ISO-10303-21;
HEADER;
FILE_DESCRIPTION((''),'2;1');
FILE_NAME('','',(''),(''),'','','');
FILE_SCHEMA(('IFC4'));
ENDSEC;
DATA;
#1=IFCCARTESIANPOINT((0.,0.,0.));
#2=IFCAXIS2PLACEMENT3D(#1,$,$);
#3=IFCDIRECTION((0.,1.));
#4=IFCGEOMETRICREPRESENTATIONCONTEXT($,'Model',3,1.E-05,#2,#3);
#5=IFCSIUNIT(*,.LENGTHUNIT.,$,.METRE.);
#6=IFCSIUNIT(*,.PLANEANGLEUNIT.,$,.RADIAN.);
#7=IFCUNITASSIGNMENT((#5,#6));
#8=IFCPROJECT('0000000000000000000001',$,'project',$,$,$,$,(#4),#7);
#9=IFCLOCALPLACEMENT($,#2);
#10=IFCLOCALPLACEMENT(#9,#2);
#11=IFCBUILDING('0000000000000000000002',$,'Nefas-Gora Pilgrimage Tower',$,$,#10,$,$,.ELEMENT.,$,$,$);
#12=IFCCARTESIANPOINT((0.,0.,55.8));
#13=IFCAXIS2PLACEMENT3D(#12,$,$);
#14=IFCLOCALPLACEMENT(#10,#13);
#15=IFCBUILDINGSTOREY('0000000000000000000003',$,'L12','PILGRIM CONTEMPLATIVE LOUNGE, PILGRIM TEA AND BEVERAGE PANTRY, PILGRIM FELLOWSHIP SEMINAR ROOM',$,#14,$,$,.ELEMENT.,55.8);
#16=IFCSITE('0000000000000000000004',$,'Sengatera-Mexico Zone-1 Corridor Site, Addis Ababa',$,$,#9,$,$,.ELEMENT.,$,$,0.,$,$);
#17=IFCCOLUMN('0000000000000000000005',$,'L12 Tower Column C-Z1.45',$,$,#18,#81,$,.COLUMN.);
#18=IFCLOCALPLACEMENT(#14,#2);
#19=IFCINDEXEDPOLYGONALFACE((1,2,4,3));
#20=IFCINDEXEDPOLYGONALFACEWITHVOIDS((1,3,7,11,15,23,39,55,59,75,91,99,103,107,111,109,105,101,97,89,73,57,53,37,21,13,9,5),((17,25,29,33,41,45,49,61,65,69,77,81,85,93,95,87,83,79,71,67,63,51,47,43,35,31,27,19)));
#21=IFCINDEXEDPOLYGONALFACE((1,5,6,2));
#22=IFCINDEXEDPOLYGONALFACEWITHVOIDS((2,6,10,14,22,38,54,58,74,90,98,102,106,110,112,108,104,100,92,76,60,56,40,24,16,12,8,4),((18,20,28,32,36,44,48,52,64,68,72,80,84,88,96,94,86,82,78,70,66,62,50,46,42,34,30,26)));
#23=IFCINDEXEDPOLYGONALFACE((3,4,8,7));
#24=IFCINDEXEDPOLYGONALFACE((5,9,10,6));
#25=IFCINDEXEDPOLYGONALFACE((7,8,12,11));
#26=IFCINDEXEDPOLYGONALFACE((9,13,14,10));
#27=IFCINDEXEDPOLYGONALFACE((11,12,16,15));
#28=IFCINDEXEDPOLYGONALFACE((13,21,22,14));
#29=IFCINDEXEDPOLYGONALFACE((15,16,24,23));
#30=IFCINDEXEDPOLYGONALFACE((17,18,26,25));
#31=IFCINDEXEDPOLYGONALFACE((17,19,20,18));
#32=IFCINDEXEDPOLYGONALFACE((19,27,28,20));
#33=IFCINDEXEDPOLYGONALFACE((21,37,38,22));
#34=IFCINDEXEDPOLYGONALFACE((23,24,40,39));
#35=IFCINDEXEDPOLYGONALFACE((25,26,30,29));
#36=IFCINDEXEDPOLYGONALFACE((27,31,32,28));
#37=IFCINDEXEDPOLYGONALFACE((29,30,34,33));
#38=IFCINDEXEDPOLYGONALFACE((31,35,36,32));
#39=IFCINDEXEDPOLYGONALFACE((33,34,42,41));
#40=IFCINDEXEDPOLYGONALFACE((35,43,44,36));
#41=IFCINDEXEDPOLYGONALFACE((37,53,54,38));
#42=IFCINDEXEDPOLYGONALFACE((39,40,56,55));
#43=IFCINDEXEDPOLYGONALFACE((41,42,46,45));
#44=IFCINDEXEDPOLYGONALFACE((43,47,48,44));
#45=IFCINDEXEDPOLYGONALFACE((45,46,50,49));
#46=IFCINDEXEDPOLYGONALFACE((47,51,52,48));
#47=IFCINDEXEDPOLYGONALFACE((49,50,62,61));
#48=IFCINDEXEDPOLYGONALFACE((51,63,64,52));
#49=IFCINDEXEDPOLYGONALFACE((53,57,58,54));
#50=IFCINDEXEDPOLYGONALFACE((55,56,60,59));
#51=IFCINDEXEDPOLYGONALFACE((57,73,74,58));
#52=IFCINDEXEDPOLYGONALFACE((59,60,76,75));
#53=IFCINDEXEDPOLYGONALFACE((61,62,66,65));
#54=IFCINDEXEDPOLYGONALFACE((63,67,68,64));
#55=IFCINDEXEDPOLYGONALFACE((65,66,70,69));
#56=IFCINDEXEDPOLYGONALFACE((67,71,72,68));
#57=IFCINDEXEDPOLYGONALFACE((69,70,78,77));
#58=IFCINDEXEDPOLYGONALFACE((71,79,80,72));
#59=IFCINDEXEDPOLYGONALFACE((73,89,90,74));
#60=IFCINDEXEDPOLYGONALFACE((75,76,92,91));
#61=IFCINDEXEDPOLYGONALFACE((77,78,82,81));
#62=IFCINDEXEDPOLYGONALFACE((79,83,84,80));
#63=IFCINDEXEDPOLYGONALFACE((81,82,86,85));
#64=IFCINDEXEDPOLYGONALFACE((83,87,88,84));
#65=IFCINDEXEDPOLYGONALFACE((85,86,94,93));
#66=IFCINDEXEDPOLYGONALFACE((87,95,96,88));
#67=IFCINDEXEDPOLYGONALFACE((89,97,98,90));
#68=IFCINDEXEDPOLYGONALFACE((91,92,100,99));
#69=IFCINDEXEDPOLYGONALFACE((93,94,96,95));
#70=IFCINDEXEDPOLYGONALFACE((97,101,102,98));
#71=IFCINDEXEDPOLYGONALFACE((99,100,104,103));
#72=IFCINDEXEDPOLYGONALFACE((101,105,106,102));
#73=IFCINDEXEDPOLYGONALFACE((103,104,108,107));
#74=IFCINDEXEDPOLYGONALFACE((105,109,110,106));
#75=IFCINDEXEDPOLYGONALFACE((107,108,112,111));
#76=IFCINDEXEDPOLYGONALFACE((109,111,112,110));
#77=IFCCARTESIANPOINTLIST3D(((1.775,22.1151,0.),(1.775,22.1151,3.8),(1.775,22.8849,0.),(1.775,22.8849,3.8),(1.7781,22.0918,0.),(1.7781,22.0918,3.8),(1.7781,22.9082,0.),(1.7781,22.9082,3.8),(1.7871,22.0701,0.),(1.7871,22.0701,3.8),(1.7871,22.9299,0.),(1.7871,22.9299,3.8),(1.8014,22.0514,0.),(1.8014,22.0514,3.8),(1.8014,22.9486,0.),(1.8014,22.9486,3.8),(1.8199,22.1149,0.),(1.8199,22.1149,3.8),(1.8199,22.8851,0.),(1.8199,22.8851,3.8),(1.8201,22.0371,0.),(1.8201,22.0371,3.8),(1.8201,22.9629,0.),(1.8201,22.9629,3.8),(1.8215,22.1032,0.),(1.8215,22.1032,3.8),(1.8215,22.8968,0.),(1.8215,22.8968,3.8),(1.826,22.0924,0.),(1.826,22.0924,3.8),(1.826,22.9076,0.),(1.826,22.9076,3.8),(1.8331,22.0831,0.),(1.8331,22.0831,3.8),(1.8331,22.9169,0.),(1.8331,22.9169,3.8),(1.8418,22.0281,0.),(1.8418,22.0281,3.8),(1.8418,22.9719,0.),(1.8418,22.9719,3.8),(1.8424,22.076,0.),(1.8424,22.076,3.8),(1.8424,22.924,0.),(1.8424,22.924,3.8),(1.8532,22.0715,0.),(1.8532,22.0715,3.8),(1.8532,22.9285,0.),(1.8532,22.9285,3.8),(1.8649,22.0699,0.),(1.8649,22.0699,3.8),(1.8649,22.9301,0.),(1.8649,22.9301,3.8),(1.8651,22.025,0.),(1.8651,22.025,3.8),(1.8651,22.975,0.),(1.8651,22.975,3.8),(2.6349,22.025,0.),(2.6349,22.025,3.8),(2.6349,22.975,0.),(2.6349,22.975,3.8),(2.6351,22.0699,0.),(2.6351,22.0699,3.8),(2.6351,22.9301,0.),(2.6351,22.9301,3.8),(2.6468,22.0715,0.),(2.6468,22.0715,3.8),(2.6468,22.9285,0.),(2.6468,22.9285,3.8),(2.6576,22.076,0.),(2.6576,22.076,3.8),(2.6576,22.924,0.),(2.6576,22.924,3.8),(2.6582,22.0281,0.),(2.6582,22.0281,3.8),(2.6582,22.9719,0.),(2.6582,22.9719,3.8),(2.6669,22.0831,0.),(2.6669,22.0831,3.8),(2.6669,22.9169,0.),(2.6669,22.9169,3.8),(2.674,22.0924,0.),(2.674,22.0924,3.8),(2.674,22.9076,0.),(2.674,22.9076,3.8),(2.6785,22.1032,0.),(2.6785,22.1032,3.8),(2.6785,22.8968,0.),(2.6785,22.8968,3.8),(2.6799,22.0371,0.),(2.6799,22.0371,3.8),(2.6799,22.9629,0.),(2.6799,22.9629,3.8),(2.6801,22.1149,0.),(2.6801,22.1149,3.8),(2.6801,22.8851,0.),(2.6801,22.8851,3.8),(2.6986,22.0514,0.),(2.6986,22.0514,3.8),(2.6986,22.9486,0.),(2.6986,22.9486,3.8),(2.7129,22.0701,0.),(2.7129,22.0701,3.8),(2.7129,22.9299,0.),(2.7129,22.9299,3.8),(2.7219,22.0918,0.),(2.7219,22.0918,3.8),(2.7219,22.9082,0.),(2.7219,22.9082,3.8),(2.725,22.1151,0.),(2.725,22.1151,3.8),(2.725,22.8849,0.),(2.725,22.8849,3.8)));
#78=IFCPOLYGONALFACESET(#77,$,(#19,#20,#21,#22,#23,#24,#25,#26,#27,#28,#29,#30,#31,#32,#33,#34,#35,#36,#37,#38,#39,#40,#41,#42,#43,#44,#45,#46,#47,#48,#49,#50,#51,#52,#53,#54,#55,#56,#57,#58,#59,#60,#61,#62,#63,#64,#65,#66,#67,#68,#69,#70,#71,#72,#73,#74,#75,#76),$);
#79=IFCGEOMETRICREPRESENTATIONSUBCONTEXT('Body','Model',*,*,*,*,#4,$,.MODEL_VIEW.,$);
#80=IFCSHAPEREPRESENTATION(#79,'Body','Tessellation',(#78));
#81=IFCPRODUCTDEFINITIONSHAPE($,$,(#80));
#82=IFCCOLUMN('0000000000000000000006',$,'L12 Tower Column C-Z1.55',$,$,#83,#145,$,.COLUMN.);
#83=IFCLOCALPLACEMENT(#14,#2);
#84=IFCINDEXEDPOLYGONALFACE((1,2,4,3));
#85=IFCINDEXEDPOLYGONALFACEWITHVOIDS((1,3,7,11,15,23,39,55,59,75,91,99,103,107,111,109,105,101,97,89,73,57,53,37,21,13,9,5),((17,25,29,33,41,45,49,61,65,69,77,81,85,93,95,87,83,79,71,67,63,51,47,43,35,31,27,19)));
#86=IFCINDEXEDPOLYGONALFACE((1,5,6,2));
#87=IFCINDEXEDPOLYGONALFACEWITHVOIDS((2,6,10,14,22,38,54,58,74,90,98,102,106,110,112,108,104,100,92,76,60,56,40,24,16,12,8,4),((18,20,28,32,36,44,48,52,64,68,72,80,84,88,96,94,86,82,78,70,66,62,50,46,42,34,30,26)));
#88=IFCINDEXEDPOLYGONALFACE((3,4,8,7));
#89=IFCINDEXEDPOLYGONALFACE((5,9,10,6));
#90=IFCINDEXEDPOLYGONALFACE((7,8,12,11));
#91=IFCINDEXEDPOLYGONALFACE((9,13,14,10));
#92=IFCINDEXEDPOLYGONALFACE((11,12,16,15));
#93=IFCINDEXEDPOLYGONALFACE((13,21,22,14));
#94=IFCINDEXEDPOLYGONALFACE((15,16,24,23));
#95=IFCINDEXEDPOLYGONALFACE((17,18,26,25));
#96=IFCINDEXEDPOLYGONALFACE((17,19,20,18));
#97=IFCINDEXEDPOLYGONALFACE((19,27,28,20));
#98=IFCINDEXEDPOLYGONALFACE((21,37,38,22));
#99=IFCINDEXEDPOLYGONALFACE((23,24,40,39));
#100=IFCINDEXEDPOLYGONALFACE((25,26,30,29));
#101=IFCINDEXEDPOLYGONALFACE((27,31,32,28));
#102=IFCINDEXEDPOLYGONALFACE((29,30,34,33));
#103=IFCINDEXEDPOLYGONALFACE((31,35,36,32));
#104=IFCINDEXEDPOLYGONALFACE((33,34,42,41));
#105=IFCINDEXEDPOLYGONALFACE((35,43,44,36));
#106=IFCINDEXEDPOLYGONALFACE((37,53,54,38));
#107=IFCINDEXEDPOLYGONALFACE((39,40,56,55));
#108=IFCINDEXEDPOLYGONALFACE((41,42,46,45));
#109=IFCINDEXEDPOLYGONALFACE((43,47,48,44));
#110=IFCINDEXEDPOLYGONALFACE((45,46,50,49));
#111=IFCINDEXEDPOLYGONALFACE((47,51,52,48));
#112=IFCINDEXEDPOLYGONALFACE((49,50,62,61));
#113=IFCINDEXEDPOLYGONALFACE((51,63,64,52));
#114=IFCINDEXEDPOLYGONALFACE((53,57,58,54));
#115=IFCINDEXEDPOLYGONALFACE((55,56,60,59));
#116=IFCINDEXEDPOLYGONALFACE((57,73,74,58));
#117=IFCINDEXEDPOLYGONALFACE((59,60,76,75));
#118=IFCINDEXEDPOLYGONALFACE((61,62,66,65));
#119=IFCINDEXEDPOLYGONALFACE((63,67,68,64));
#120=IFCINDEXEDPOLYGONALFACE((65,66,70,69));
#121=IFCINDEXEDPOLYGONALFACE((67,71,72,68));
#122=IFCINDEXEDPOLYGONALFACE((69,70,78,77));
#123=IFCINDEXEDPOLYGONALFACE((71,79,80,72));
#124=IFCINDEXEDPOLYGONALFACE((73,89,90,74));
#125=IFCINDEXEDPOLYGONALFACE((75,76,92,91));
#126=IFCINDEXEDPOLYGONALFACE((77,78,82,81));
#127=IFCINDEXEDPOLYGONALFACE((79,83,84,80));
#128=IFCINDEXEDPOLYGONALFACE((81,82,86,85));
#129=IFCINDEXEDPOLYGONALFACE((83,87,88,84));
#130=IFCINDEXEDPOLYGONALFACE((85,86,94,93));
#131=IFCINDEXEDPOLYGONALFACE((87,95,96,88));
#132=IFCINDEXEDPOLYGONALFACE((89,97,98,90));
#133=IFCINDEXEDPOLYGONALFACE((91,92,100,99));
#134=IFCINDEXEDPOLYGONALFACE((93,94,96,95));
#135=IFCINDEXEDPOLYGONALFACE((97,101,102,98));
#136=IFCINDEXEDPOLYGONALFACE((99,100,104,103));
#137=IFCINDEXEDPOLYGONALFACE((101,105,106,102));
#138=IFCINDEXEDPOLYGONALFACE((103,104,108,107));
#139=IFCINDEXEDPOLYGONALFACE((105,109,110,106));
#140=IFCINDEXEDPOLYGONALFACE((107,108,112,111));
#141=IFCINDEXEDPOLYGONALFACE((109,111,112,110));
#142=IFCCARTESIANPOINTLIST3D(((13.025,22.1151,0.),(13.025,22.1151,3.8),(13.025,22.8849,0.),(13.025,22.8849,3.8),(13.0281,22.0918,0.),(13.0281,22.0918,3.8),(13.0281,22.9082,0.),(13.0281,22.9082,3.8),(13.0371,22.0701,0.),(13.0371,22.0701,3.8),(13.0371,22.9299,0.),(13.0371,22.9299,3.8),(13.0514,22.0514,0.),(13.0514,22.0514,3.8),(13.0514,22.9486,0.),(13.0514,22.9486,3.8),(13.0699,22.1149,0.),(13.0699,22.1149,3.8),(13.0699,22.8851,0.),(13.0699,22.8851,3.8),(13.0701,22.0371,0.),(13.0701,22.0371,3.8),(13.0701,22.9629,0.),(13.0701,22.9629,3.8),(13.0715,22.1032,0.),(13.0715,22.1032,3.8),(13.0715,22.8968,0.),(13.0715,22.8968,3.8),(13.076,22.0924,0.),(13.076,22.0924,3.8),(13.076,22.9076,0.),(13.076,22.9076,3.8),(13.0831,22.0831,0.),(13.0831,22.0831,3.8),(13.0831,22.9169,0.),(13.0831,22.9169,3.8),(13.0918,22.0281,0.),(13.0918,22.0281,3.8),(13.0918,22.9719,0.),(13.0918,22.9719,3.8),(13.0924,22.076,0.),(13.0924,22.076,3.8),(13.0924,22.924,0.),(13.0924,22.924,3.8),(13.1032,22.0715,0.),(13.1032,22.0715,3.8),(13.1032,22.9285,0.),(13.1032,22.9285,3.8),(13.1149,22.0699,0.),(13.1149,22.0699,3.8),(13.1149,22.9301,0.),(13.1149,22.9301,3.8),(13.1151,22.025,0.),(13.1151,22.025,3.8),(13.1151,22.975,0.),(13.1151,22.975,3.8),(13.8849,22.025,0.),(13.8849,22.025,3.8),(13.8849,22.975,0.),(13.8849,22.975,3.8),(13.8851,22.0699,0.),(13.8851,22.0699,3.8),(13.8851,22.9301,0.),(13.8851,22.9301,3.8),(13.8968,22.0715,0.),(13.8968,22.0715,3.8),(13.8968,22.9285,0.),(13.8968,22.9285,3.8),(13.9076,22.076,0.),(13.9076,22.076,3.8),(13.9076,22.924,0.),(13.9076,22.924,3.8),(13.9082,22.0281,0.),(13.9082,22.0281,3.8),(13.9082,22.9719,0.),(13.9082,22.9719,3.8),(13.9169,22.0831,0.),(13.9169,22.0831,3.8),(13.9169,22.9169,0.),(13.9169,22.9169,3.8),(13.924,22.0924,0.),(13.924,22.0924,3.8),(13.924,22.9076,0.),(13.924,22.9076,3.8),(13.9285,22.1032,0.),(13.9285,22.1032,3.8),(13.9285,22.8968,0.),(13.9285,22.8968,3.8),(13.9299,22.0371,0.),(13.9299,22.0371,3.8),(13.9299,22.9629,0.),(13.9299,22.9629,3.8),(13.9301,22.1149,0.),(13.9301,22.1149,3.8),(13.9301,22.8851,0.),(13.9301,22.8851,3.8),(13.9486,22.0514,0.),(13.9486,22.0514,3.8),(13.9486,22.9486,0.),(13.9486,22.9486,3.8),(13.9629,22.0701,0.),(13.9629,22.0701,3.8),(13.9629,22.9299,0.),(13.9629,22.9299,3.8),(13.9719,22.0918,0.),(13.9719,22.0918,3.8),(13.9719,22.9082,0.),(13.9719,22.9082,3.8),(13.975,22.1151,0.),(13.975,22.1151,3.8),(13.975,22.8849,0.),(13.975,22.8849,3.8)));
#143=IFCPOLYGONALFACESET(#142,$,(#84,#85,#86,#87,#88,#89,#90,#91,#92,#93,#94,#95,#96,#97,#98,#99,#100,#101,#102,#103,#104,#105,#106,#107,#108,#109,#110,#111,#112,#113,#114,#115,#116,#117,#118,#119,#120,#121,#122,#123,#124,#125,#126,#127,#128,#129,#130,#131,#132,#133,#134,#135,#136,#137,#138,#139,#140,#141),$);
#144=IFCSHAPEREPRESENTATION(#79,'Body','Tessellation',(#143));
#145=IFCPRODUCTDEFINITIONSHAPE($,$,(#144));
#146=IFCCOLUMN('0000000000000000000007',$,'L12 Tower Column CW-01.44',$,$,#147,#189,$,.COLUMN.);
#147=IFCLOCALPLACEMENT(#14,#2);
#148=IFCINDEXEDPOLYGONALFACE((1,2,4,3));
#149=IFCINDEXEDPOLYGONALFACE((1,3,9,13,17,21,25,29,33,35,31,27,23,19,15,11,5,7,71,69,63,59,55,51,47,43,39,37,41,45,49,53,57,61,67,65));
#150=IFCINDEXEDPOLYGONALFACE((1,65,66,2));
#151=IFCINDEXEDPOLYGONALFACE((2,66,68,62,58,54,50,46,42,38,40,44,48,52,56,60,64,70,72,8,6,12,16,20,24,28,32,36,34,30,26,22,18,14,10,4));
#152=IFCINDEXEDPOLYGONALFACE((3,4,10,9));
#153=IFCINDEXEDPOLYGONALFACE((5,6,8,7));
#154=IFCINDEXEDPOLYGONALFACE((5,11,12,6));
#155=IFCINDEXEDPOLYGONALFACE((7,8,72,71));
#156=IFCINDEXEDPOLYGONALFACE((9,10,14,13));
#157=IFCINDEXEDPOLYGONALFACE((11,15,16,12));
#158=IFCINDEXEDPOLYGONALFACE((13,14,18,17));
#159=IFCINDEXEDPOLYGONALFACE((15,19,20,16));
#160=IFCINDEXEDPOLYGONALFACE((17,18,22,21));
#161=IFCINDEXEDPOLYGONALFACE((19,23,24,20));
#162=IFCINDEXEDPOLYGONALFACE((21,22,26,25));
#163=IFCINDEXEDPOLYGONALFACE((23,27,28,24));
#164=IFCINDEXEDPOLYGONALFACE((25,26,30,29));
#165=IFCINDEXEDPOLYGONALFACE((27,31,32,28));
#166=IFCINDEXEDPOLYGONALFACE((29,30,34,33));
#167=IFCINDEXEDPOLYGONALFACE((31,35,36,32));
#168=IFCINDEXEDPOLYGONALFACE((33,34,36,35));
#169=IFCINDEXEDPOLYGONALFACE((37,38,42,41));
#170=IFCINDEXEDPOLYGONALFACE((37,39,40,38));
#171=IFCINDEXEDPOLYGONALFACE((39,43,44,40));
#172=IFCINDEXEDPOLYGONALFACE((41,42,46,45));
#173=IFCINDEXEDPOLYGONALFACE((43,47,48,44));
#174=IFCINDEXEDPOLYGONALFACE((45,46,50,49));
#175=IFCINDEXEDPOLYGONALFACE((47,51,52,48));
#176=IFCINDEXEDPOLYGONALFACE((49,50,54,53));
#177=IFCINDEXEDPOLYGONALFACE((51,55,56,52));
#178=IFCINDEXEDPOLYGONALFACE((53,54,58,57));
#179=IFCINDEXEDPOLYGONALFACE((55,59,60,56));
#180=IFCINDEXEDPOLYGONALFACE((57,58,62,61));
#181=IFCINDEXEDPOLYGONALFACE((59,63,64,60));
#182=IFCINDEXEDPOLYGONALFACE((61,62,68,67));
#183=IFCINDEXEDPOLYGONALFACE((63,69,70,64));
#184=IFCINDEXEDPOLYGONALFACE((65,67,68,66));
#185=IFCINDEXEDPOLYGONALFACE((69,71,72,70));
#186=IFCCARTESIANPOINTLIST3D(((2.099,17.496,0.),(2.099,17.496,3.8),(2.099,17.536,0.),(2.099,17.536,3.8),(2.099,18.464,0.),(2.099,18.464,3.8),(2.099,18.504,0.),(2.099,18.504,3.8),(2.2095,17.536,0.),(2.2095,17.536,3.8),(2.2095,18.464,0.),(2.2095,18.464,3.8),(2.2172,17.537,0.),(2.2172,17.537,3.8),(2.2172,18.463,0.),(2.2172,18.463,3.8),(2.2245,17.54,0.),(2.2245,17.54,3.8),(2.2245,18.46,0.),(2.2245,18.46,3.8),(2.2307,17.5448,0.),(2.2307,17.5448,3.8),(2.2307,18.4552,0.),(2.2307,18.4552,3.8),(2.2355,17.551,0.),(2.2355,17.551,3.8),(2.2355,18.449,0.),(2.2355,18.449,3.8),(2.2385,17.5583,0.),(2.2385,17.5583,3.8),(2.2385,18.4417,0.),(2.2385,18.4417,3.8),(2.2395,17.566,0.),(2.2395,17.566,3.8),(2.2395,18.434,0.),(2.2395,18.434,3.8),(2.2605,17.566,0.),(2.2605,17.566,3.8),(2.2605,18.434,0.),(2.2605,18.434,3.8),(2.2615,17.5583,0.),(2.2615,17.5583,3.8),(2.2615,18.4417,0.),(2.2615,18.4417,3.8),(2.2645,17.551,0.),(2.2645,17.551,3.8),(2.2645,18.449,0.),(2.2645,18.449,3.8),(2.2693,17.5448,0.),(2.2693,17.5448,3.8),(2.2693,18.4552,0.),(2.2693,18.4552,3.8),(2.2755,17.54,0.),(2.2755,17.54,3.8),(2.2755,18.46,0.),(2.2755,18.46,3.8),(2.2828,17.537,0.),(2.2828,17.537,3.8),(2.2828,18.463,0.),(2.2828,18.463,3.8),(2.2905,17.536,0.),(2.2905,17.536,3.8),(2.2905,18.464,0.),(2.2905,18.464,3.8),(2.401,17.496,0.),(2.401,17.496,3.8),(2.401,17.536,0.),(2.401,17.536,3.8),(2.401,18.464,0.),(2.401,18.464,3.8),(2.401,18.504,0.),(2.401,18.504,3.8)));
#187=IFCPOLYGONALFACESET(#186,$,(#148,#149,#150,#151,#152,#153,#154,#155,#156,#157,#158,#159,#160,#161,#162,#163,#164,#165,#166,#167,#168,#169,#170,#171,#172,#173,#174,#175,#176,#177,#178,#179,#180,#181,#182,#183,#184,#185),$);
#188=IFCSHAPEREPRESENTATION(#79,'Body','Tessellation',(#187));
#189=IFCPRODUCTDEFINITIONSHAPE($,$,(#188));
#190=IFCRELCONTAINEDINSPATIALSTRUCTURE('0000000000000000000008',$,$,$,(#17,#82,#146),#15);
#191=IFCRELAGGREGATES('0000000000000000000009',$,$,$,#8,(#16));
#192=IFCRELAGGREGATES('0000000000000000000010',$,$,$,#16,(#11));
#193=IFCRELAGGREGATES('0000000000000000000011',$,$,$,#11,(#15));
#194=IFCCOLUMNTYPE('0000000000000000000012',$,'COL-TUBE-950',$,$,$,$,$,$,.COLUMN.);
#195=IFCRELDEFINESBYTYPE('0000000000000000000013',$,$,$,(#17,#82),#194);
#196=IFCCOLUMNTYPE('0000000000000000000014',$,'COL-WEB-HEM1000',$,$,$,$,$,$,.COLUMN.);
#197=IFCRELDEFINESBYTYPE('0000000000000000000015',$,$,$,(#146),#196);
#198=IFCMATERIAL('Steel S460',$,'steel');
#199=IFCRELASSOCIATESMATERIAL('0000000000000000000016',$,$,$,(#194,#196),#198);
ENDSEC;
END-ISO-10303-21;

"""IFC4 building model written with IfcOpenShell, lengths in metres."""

from ifc_helpers import new_model, si_unit, direction, frame, origin, origin_2d, place, context, subcontext, project, spatial, hollow_rectangle, i_section, extrude, source, transform, mapped, material, material_profile, profile_set, type_object, element, save


model = new_model("IFC4")

# Units and contexts
model_context = context("Model", 3, precision=1e-05, world=origin(), true_north=direction((0.0, 1.0)))
body_context = subcontext(model_context, "Body", "Model", "MODEL_VIEW")
ifc_project = project(units=[si_unit("LENGTHUNIT", "METRE"), si_unit("PLANEANGLEUNIT", "RADIAN")], contexts=[model_context])

# Site, building, storey
site_placement = place(None, origin())
site = spatial("IfcSite", under=ifc_project, at=site_placement, Name="Sengatera-Mexico Zone-1 Corridor Site, Addis Ababa", CompositionType="ELEMENT", RefElevation=0.0)
building_placement = place(site_placement, origin())
building = spatial("IfcBuilding", under=site, at=building_placement, Name="Nefas-Gora Pilgrimage Tower", CompositionType="ELEMENT")
storey_placement = place(building_placement, frame((0.0, 0.0, 55.8)))
storey = spatial("IfcBuildingStorey", under=building, at=storey_placement, Name="L12", Description="PILGRIM CONTEMPLATIVE LOUNGE, PILGRIM TEA AND BEVERAGE PANTRY, PILGRIM FELLOWSHIP SEMINAR ROOM", CompositionType="ELEMENT", Elevation=55.8)

# Columns
ifc_material_1 = material(Name="Steel S460", Category="steel")
ifc_material_profile_1 = material_profile(ifc_material_1, hollow_rectangle(XDim=0.95, YDim=0.95, WallThickness=0.0449, InnerFilletRadius=0.0449, OuterFilletRadius=0.0901, at=origin_2d()), Name="BOX 950x950x45")
ifc_profile_set_1 = profile_set([ifc_material_profile_1], Name="Steel S460")
column_type_1 = type_object("IfcColumnType", Name="COL-TUBE-950", PredefinedType="COLUMN", material=ifc_profile_set_1)
shared_shape_1 = source(origin(), body_context, "Body", "SweptSolid", [
    extrude(hollow_rectangle(XDim=0.95, YDim=0.95, WallThickness=0.0449, InnerFilletRadius=0.0449, OuterFilletRadius=0.0901, at=origin_2d()), origin(), (0.0, 0.0, 1.0), 3.8),
])
for number, where, z_axis, x_axis, name in (
    (1, (2.25, 22.5, 0.0), (0.0, 0.0, 1.0), (1.0, 0.0, 0.0), "L12 Tower Column C-Z1.45"),
    (2, (13.5, 22.5, 0.0), (0.0, 0.0, 1.0), (1.0, 0.0, 0.0), "L12 Tower Column C-Z1.55"),
):
    element("IfcColumn", number, at=place(storey_placement, frame(where, z_axis=z_axis, x_axis=x_axis)), inside=storey, type_object=column_type_1, Name=name, PredefinedType="COLUMN", context=body_context, shape_type="MappedRepresentation", body=[
        mapped(shared_shape_1, transform((0.0, 0.0, 0.0), x_axis=(1.0, 0.0, 0.0), y_axis=(0.0, 1.0, 0.0), z_axis=(0.0, 0.0, 1.0), scale=1.0)),
    ])
ifc_material_profile_2 = material_profile(ifc_material_1, i_section(OverallWidth=0.302, OverallDepth=1.0081, WebThickness=0.021, FlangeThickness=0.04, FilletRadius=0.03, at=origin_2d()), Name="HEM 1000")
ifc_profile_set_2 = profile_set([ifc_material_profile_2], Name="Steel S460")
column_type_2 = type_object("IfcColumnType", Name="COL-WEB-HEM1000", PredefinedType="COLUMN", material=ifc_profile_set_2)
shared_shape_2 = source(origin(), body_context, "Body", "SweptSolid", [
    extrude(i_section(OverallWidth=0.302, OverallDepth=1.0081, WebThickness=0.021, FlangeThickness=0.04, FilletRadius=0.03, at=origin_2d()), origin(), (0.0, 0.0, 1.0), 3.8),
])
for number, where, z_axis, x_axis, name in (
    (3, (2.25, 18.0, 0.0), (0.0, 0.0, 1.0), (1.0, 0.0, 0.0), "L12 Tower Column CW-01.44"),
):
    element("IfcColumn", number, at=place(storey_placement, frame(where, z_axis=z_axis, x_axis=x_axis)), inside=storey, type_object=column_type_2, Name=name, PredefinedType="COLUMN", context=body_context, shape_type="MappedRepresentation", body=[
        mapped(shared_shape_2, transform((0.0, 0.0, 0.0), x_axis=(1.0, 0.0, 0.0), y_axis=(0.0, 1.0, 0.0), z_axis=(0.0, 0.0, 1.0), scale=1.0)),
    ])

save(model, "model.ifc")
